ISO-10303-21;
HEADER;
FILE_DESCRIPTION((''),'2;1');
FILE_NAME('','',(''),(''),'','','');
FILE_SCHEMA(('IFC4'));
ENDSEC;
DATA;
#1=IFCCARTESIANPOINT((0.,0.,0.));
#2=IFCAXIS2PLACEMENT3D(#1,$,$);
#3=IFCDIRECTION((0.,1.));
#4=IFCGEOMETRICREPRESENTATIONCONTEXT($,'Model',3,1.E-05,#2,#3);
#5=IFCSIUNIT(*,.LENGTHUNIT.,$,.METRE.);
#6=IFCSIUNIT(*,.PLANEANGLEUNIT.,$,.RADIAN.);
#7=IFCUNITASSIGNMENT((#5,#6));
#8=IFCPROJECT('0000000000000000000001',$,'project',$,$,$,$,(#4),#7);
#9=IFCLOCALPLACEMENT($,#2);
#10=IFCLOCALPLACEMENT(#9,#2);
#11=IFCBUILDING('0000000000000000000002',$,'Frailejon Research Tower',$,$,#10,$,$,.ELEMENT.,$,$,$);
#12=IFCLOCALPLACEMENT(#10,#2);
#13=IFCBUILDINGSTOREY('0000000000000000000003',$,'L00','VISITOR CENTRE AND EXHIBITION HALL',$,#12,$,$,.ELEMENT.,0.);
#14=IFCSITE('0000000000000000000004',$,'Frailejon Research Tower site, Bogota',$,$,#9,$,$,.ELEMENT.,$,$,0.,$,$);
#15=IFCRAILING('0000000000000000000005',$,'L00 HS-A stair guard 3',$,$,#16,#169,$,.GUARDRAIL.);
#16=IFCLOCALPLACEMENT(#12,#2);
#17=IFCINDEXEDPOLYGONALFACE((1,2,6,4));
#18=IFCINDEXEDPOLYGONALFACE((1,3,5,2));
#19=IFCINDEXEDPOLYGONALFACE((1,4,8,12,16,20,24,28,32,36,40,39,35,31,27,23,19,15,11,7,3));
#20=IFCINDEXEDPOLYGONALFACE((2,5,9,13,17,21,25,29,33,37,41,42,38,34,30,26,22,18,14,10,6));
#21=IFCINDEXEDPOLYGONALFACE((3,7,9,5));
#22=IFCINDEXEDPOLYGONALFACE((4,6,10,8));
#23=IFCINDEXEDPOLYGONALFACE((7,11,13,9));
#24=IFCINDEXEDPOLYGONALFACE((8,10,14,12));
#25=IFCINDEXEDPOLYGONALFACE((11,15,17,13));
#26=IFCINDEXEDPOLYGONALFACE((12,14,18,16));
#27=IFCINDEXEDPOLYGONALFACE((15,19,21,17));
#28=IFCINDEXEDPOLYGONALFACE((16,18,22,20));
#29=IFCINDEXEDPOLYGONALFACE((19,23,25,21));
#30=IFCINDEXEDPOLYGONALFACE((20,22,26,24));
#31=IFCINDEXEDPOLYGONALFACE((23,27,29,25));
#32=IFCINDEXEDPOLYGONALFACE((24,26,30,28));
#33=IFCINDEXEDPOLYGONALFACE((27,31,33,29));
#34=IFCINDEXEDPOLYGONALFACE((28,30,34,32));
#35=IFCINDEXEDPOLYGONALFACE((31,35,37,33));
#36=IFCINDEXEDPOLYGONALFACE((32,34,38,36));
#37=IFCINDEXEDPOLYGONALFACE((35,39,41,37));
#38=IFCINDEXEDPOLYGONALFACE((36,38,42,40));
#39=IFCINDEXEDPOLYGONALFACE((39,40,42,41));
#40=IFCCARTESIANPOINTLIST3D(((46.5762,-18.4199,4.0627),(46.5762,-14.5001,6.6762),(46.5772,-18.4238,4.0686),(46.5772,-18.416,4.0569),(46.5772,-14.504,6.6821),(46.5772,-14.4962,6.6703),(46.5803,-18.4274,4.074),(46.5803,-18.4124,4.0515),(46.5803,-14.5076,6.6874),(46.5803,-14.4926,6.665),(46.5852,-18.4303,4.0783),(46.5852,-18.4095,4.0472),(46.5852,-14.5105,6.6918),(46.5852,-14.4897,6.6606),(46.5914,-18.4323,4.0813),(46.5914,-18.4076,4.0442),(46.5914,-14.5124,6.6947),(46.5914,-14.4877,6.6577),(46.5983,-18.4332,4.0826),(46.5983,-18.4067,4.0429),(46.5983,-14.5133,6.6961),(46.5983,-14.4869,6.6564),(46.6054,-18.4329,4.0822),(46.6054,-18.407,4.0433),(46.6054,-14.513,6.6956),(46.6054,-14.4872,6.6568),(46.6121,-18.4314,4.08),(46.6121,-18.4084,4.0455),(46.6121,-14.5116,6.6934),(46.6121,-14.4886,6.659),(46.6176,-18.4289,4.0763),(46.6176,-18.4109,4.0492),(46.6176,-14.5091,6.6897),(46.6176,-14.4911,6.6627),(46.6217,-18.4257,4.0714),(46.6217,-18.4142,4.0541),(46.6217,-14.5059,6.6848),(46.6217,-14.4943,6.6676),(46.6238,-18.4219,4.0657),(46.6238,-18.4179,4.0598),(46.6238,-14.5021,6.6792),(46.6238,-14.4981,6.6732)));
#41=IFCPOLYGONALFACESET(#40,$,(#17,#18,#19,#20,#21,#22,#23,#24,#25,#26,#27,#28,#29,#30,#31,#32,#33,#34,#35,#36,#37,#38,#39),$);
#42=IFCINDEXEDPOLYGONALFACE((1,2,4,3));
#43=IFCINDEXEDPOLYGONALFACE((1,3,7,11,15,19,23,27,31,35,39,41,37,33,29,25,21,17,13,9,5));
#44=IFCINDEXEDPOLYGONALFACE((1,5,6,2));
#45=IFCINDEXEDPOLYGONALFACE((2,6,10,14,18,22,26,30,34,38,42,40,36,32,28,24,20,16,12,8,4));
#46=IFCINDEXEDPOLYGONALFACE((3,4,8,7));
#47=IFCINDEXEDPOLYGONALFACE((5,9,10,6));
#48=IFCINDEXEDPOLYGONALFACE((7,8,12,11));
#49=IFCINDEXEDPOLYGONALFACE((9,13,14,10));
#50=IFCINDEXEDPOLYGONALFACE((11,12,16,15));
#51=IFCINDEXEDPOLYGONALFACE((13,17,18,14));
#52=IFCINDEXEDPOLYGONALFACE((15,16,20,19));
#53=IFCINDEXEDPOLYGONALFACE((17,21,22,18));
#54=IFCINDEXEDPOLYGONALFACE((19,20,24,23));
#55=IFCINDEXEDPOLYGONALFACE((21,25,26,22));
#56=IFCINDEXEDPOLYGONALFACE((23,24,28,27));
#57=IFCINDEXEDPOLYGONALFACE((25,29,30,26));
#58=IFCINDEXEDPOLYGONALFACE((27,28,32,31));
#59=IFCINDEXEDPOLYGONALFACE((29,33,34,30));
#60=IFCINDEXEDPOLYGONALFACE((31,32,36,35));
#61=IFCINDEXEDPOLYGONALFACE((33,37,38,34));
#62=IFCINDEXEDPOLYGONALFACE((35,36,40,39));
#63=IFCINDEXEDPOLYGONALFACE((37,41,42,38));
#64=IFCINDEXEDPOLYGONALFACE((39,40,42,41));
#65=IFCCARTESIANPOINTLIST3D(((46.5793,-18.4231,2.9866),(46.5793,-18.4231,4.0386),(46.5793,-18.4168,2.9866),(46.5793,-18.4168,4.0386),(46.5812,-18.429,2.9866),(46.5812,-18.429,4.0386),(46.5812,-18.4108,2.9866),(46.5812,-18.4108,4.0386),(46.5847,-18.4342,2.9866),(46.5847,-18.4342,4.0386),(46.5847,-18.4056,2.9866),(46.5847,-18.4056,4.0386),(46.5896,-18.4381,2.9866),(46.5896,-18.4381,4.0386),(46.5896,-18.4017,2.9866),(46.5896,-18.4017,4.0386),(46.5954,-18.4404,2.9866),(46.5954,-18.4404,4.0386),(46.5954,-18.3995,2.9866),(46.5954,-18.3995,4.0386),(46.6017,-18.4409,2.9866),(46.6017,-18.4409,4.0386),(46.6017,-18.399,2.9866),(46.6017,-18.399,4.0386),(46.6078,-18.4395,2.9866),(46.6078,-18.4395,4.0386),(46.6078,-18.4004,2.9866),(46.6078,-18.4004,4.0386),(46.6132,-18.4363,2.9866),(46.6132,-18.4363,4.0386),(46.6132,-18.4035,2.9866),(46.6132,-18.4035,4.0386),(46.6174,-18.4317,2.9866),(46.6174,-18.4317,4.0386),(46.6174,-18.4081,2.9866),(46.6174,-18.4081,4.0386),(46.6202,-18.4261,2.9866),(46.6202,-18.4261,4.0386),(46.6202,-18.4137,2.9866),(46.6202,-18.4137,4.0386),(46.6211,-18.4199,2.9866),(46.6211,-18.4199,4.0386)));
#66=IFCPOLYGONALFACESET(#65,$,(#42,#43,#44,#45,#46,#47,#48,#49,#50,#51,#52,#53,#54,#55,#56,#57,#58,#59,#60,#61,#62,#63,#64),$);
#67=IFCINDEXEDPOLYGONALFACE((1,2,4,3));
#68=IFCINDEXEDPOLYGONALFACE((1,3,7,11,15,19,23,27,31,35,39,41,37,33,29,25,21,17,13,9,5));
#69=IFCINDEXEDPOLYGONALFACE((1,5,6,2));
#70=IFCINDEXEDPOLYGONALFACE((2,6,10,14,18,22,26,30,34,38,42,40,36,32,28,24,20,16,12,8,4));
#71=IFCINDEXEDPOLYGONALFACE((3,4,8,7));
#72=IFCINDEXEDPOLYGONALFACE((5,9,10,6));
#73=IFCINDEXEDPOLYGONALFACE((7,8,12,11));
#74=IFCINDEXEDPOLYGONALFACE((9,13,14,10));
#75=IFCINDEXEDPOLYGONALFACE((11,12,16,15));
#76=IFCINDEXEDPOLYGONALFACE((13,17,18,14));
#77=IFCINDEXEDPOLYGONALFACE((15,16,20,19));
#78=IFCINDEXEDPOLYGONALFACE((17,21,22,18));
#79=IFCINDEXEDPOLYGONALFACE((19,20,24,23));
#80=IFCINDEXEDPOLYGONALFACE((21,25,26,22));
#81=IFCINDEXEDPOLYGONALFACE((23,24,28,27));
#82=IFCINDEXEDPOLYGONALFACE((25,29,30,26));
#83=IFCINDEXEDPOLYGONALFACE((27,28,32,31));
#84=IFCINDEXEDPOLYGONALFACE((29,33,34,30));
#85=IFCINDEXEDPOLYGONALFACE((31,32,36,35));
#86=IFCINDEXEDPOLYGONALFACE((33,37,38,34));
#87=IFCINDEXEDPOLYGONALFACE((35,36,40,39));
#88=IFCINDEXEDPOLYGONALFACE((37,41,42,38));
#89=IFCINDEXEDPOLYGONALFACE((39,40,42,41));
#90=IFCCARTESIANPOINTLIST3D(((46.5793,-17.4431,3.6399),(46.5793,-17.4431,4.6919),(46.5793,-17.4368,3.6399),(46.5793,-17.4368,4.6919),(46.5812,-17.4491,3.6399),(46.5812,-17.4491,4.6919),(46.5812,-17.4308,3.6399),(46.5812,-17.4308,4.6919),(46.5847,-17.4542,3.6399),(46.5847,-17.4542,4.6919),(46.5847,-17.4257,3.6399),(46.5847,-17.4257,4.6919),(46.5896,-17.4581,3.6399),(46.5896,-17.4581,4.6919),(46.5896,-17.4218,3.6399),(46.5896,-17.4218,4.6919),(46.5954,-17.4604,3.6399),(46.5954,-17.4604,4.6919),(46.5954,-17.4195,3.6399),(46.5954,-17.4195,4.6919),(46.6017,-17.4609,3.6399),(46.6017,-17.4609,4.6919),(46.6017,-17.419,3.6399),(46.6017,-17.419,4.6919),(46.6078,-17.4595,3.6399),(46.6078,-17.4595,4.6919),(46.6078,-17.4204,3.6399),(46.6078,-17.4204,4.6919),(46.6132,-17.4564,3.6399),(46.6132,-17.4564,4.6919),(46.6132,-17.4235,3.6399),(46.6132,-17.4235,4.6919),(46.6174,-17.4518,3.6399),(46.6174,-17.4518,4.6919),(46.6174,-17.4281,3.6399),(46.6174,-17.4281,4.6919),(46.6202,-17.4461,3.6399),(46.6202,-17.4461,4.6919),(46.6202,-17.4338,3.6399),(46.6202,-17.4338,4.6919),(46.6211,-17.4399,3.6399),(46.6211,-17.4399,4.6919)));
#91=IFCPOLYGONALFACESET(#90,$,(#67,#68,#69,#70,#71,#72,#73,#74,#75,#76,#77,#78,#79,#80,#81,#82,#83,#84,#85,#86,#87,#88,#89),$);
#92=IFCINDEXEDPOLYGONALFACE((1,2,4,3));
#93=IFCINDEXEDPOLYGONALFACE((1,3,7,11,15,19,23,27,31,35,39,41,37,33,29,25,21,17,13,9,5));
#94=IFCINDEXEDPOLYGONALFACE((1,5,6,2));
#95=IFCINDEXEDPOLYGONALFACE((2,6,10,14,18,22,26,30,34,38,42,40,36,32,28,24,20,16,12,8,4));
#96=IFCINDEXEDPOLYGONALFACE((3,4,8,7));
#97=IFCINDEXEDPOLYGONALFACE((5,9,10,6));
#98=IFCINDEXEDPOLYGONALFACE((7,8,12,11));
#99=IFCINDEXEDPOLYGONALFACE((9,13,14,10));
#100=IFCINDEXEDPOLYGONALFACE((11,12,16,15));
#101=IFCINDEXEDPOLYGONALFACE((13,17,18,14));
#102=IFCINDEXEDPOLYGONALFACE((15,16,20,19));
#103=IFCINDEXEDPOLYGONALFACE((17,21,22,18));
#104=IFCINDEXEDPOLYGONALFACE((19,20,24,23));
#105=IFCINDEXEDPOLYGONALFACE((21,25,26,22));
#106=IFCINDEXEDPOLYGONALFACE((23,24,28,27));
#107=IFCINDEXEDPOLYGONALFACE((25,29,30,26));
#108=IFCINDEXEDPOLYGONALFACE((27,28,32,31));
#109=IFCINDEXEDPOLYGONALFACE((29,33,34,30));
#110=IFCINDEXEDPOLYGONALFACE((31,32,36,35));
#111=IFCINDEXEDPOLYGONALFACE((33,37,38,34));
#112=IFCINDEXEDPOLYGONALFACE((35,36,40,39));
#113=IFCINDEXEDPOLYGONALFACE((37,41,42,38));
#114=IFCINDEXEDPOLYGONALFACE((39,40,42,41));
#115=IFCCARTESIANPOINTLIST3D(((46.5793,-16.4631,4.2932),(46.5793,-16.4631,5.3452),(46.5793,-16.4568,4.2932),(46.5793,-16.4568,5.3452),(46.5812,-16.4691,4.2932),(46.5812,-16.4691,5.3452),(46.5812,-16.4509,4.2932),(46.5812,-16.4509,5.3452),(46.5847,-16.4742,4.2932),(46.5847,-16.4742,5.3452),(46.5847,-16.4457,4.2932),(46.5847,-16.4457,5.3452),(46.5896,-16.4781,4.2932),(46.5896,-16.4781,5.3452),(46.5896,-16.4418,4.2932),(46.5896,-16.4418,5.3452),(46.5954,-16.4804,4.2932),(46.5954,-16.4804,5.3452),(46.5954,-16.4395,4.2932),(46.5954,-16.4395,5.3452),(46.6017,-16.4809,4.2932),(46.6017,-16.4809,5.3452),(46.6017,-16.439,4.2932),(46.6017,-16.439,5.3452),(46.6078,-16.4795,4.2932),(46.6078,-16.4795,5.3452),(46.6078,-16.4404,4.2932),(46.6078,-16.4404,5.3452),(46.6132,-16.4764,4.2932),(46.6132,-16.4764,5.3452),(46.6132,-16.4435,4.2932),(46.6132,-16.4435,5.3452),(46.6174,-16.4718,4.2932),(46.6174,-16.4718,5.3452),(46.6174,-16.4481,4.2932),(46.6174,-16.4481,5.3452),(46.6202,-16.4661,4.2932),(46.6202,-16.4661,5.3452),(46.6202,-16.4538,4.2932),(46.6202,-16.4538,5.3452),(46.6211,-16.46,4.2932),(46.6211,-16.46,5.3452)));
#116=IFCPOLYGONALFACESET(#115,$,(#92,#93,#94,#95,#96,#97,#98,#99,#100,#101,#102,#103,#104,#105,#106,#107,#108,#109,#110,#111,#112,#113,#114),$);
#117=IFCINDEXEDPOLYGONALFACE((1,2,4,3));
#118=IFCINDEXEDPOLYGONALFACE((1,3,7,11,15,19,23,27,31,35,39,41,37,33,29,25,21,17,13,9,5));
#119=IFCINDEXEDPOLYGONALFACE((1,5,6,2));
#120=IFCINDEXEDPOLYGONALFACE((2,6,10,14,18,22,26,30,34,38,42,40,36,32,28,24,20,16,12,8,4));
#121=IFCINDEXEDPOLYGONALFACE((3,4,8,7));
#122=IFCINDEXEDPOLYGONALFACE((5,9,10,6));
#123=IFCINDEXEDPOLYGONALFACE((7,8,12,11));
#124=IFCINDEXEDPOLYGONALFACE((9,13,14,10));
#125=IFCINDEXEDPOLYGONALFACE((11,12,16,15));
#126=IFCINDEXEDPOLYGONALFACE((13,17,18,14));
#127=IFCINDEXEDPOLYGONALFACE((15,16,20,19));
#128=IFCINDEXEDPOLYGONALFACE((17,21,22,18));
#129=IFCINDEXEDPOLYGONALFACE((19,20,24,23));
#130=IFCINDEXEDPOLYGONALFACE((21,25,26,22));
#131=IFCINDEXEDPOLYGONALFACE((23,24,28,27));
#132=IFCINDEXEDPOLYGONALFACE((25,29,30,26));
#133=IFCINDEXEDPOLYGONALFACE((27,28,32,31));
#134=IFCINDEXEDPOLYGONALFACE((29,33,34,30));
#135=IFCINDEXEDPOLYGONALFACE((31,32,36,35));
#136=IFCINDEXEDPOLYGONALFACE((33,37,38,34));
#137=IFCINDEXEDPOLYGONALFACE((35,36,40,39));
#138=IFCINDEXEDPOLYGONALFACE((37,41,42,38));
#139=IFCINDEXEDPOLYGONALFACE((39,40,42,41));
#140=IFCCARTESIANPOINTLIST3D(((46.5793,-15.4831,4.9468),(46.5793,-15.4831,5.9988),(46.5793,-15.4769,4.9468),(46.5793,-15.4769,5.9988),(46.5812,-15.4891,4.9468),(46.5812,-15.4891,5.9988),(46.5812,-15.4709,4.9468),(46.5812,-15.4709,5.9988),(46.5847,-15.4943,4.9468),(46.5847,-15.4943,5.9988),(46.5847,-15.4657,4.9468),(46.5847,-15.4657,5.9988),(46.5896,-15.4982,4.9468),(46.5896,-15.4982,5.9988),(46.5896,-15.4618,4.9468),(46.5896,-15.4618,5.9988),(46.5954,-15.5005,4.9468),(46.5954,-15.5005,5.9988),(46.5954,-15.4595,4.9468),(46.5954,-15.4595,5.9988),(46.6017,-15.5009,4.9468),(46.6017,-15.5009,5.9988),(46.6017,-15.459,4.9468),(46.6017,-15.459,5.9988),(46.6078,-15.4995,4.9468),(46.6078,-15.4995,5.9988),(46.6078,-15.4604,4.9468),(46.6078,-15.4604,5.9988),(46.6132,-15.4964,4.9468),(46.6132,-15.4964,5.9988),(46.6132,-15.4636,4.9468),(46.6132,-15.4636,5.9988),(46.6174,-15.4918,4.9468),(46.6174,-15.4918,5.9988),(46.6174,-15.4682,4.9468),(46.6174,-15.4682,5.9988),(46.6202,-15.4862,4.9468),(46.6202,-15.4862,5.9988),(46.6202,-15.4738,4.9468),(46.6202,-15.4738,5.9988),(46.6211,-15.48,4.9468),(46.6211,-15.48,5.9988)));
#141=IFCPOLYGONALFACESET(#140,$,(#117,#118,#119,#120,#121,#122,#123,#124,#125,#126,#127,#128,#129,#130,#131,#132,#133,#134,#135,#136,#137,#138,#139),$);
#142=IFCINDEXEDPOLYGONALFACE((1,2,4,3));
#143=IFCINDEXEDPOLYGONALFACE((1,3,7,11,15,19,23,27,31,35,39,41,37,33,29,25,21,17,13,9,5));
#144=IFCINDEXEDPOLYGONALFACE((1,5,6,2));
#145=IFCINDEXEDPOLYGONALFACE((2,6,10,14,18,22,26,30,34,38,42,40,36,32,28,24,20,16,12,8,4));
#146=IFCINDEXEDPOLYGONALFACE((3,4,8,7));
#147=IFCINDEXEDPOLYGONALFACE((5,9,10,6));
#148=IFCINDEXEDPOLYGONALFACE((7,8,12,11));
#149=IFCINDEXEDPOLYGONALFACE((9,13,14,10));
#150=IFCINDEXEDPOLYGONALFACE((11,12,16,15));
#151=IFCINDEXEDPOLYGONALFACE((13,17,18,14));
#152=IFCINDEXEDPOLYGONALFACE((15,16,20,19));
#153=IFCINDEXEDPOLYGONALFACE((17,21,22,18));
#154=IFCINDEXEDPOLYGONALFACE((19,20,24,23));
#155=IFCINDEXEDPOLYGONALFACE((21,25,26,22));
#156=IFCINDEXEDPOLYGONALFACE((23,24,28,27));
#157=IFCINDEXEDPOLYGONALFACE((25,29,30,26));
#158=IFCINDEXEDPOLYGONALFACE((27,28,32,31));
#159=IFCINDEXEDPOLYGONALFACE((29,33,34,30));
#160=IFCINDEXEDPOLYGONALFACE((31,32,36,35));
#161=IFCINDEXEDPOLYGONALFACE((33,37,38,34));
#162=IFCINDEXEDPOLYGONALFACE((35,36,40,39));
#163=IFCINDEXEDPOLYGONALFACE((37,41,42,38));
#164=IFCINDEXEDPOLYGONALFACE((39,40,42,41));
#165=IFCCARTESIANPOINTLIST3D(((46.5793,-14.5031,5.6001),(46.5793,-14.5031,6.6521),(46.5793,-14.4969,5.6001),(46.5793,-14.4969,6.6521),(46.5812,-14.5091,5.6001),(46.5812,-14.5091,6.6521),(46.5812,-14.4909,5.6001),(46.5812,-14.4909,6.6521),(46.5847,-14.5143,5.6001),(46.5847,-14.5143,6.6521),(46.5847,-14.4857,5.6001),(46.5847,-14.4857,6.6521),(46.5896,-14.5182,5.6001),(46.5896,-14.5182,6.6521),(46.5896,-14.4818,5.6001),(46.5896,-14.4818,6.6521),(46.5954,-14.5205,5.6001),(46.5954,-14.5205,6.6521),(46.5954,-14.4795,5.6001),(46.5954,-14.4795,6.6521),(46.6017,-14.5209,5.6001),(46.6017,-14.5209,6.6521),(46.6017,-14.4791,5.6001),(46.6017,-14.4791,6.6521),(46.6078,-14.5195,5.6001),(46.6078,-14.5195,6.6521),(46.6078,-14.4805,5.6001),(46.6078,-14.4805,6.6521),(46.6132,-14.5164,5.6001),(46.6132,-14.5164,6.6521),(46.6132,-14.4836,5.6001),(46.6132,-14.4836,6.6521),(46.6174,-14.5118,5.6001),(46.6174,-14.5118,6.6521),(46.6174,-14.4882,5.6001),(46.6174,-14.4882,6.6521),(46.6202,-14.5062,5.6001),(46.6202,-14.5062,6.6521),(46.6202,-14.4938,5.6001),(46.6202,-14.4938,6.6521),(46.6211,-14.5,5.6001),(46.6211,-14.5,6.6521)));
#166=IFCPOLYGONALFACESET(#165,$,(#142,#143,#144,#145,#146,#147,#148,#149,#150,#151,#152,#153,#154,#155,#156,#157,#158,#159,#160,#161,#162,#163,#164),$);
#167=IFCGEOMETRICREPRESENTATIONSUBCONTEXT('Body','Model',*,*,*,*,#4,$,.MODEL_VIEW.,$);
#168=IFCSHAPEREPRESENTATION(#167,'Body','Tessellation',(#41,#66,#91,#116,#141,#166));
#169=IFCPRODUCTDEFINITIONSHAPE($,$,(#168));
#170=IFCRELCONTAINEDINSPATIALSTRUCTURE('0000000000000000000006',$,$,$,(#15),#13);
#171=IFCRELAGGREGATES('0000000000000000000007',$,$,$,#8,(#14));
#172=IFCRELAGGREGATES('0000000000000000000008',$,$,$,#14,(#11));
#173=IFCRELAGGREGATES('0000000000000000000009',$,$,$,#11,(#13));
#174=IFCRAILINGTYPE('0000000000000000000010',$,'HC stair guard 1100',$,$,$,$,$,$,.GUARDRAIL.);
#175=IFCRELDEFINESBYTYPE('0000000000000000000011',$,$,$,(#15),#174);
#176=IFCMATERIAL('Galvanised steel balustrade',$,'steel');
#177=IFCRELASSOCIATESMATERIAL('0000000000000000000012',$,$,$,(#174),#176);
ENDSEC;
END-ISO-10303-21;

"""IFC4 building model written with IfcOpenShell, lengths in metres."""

from ifc_helpers import new_model, si_unit, direction, frame, origin, origin_2d, place, context, subcontext, project, spatial, circle, extrude, material, type_object, element, save


model = new_model("IFC4")

# Units and contexts
model_context = context("Model", 3, precision=1e-05, world=origin(), true_north=direction((0.0, 1.0)))
body_context = subcontext(model_context, "Body", "Model", "MODEL_VIEW")
ifc_project = project(units=[si_unit("LENGTHUNIT", "METRE"), si_unit("PLANEANGLEUNIT", "RADIAN")], contexts=[model_context])

# Site, building, storey
site_placement = place(None, origin())
site = spatial("IfcSite", under=ifc_project, at=site_placement, Name="Frailejon Research Tower site, Bogota", CompositionType="ELEMENT", RefElevation=0.0)
building_placement = place(site_placement, origin())
building = spatial("IfcBuilding", under=site, at=building_placement, Name="Frailejon Research Tower", CompositionType="ELEMENT")
storey_placement = place(building_placement, origin())
storey = spatial("IfcBuildingStorey", under=building, at=storey_placement, Name="L00", Description="VISITOR CENTRE AND EXHIBITION HALL", CompositionType="ELEMENT", Elevation=0.0)

# Railing
ifc_material_1 = material(Name="Galvanised steel balustrade", Category="steel")
railing_type_1 = type_object("IfcRailingType", Name="HC stair guard 1100", PredefinedType="GUARDRAIL", material=ifc_material_1)
railing_1_placement = place(storey_placement, frame((46.6001, -18.4199, 2.9866)))
element("IfcRailing", 1, at=railing_1_placement, inside=storey, type_object=railing_type_1, Name="L00 HS-A stair guard 3", PredefinedType="GUARDRAIL", context=body_context, shape_type="SweptSolid", body=[
    extrude(circle(Radius=0.0239, at=origin_2d()), frame((0.0, 0.0, 1.0762), z_axis=(0.0, 0.832026, 0.554736), x_axis=(-1.0, 0.0, 0.0)), (0.0, 0.0, 1.0), 4.7112),
    extrude(circle(Radius=0.021, at=origin_2d()), origin(), (0.0, 0.0, 1.0), 1.052),
    extrude(circle(Radius=0.021, at=origin_2d()), frame((0.0, 0.98, 0.6533)), (0.0, 0.0, 1.0), 1.052),
    extrude(circle(Radius=0.021, at=origin_2d()), frame((0.0, 1.96, 1.3066)), (0.0, 0.0, 1.0), 1.052),
    extrude(circle(Radius=0.021, at=origin_2d()), frame((0.0, 2.9399, 1.9602)), (0.0, 0.0, 1.0), 1.052),
    extrude(circle(Radius=0.021, at=origin_2d()), frame((0.0, 3.9199, 2.6135)), (0.0, 0.0, 1.0), 1.052),
])

save(model, "model.ifc")
